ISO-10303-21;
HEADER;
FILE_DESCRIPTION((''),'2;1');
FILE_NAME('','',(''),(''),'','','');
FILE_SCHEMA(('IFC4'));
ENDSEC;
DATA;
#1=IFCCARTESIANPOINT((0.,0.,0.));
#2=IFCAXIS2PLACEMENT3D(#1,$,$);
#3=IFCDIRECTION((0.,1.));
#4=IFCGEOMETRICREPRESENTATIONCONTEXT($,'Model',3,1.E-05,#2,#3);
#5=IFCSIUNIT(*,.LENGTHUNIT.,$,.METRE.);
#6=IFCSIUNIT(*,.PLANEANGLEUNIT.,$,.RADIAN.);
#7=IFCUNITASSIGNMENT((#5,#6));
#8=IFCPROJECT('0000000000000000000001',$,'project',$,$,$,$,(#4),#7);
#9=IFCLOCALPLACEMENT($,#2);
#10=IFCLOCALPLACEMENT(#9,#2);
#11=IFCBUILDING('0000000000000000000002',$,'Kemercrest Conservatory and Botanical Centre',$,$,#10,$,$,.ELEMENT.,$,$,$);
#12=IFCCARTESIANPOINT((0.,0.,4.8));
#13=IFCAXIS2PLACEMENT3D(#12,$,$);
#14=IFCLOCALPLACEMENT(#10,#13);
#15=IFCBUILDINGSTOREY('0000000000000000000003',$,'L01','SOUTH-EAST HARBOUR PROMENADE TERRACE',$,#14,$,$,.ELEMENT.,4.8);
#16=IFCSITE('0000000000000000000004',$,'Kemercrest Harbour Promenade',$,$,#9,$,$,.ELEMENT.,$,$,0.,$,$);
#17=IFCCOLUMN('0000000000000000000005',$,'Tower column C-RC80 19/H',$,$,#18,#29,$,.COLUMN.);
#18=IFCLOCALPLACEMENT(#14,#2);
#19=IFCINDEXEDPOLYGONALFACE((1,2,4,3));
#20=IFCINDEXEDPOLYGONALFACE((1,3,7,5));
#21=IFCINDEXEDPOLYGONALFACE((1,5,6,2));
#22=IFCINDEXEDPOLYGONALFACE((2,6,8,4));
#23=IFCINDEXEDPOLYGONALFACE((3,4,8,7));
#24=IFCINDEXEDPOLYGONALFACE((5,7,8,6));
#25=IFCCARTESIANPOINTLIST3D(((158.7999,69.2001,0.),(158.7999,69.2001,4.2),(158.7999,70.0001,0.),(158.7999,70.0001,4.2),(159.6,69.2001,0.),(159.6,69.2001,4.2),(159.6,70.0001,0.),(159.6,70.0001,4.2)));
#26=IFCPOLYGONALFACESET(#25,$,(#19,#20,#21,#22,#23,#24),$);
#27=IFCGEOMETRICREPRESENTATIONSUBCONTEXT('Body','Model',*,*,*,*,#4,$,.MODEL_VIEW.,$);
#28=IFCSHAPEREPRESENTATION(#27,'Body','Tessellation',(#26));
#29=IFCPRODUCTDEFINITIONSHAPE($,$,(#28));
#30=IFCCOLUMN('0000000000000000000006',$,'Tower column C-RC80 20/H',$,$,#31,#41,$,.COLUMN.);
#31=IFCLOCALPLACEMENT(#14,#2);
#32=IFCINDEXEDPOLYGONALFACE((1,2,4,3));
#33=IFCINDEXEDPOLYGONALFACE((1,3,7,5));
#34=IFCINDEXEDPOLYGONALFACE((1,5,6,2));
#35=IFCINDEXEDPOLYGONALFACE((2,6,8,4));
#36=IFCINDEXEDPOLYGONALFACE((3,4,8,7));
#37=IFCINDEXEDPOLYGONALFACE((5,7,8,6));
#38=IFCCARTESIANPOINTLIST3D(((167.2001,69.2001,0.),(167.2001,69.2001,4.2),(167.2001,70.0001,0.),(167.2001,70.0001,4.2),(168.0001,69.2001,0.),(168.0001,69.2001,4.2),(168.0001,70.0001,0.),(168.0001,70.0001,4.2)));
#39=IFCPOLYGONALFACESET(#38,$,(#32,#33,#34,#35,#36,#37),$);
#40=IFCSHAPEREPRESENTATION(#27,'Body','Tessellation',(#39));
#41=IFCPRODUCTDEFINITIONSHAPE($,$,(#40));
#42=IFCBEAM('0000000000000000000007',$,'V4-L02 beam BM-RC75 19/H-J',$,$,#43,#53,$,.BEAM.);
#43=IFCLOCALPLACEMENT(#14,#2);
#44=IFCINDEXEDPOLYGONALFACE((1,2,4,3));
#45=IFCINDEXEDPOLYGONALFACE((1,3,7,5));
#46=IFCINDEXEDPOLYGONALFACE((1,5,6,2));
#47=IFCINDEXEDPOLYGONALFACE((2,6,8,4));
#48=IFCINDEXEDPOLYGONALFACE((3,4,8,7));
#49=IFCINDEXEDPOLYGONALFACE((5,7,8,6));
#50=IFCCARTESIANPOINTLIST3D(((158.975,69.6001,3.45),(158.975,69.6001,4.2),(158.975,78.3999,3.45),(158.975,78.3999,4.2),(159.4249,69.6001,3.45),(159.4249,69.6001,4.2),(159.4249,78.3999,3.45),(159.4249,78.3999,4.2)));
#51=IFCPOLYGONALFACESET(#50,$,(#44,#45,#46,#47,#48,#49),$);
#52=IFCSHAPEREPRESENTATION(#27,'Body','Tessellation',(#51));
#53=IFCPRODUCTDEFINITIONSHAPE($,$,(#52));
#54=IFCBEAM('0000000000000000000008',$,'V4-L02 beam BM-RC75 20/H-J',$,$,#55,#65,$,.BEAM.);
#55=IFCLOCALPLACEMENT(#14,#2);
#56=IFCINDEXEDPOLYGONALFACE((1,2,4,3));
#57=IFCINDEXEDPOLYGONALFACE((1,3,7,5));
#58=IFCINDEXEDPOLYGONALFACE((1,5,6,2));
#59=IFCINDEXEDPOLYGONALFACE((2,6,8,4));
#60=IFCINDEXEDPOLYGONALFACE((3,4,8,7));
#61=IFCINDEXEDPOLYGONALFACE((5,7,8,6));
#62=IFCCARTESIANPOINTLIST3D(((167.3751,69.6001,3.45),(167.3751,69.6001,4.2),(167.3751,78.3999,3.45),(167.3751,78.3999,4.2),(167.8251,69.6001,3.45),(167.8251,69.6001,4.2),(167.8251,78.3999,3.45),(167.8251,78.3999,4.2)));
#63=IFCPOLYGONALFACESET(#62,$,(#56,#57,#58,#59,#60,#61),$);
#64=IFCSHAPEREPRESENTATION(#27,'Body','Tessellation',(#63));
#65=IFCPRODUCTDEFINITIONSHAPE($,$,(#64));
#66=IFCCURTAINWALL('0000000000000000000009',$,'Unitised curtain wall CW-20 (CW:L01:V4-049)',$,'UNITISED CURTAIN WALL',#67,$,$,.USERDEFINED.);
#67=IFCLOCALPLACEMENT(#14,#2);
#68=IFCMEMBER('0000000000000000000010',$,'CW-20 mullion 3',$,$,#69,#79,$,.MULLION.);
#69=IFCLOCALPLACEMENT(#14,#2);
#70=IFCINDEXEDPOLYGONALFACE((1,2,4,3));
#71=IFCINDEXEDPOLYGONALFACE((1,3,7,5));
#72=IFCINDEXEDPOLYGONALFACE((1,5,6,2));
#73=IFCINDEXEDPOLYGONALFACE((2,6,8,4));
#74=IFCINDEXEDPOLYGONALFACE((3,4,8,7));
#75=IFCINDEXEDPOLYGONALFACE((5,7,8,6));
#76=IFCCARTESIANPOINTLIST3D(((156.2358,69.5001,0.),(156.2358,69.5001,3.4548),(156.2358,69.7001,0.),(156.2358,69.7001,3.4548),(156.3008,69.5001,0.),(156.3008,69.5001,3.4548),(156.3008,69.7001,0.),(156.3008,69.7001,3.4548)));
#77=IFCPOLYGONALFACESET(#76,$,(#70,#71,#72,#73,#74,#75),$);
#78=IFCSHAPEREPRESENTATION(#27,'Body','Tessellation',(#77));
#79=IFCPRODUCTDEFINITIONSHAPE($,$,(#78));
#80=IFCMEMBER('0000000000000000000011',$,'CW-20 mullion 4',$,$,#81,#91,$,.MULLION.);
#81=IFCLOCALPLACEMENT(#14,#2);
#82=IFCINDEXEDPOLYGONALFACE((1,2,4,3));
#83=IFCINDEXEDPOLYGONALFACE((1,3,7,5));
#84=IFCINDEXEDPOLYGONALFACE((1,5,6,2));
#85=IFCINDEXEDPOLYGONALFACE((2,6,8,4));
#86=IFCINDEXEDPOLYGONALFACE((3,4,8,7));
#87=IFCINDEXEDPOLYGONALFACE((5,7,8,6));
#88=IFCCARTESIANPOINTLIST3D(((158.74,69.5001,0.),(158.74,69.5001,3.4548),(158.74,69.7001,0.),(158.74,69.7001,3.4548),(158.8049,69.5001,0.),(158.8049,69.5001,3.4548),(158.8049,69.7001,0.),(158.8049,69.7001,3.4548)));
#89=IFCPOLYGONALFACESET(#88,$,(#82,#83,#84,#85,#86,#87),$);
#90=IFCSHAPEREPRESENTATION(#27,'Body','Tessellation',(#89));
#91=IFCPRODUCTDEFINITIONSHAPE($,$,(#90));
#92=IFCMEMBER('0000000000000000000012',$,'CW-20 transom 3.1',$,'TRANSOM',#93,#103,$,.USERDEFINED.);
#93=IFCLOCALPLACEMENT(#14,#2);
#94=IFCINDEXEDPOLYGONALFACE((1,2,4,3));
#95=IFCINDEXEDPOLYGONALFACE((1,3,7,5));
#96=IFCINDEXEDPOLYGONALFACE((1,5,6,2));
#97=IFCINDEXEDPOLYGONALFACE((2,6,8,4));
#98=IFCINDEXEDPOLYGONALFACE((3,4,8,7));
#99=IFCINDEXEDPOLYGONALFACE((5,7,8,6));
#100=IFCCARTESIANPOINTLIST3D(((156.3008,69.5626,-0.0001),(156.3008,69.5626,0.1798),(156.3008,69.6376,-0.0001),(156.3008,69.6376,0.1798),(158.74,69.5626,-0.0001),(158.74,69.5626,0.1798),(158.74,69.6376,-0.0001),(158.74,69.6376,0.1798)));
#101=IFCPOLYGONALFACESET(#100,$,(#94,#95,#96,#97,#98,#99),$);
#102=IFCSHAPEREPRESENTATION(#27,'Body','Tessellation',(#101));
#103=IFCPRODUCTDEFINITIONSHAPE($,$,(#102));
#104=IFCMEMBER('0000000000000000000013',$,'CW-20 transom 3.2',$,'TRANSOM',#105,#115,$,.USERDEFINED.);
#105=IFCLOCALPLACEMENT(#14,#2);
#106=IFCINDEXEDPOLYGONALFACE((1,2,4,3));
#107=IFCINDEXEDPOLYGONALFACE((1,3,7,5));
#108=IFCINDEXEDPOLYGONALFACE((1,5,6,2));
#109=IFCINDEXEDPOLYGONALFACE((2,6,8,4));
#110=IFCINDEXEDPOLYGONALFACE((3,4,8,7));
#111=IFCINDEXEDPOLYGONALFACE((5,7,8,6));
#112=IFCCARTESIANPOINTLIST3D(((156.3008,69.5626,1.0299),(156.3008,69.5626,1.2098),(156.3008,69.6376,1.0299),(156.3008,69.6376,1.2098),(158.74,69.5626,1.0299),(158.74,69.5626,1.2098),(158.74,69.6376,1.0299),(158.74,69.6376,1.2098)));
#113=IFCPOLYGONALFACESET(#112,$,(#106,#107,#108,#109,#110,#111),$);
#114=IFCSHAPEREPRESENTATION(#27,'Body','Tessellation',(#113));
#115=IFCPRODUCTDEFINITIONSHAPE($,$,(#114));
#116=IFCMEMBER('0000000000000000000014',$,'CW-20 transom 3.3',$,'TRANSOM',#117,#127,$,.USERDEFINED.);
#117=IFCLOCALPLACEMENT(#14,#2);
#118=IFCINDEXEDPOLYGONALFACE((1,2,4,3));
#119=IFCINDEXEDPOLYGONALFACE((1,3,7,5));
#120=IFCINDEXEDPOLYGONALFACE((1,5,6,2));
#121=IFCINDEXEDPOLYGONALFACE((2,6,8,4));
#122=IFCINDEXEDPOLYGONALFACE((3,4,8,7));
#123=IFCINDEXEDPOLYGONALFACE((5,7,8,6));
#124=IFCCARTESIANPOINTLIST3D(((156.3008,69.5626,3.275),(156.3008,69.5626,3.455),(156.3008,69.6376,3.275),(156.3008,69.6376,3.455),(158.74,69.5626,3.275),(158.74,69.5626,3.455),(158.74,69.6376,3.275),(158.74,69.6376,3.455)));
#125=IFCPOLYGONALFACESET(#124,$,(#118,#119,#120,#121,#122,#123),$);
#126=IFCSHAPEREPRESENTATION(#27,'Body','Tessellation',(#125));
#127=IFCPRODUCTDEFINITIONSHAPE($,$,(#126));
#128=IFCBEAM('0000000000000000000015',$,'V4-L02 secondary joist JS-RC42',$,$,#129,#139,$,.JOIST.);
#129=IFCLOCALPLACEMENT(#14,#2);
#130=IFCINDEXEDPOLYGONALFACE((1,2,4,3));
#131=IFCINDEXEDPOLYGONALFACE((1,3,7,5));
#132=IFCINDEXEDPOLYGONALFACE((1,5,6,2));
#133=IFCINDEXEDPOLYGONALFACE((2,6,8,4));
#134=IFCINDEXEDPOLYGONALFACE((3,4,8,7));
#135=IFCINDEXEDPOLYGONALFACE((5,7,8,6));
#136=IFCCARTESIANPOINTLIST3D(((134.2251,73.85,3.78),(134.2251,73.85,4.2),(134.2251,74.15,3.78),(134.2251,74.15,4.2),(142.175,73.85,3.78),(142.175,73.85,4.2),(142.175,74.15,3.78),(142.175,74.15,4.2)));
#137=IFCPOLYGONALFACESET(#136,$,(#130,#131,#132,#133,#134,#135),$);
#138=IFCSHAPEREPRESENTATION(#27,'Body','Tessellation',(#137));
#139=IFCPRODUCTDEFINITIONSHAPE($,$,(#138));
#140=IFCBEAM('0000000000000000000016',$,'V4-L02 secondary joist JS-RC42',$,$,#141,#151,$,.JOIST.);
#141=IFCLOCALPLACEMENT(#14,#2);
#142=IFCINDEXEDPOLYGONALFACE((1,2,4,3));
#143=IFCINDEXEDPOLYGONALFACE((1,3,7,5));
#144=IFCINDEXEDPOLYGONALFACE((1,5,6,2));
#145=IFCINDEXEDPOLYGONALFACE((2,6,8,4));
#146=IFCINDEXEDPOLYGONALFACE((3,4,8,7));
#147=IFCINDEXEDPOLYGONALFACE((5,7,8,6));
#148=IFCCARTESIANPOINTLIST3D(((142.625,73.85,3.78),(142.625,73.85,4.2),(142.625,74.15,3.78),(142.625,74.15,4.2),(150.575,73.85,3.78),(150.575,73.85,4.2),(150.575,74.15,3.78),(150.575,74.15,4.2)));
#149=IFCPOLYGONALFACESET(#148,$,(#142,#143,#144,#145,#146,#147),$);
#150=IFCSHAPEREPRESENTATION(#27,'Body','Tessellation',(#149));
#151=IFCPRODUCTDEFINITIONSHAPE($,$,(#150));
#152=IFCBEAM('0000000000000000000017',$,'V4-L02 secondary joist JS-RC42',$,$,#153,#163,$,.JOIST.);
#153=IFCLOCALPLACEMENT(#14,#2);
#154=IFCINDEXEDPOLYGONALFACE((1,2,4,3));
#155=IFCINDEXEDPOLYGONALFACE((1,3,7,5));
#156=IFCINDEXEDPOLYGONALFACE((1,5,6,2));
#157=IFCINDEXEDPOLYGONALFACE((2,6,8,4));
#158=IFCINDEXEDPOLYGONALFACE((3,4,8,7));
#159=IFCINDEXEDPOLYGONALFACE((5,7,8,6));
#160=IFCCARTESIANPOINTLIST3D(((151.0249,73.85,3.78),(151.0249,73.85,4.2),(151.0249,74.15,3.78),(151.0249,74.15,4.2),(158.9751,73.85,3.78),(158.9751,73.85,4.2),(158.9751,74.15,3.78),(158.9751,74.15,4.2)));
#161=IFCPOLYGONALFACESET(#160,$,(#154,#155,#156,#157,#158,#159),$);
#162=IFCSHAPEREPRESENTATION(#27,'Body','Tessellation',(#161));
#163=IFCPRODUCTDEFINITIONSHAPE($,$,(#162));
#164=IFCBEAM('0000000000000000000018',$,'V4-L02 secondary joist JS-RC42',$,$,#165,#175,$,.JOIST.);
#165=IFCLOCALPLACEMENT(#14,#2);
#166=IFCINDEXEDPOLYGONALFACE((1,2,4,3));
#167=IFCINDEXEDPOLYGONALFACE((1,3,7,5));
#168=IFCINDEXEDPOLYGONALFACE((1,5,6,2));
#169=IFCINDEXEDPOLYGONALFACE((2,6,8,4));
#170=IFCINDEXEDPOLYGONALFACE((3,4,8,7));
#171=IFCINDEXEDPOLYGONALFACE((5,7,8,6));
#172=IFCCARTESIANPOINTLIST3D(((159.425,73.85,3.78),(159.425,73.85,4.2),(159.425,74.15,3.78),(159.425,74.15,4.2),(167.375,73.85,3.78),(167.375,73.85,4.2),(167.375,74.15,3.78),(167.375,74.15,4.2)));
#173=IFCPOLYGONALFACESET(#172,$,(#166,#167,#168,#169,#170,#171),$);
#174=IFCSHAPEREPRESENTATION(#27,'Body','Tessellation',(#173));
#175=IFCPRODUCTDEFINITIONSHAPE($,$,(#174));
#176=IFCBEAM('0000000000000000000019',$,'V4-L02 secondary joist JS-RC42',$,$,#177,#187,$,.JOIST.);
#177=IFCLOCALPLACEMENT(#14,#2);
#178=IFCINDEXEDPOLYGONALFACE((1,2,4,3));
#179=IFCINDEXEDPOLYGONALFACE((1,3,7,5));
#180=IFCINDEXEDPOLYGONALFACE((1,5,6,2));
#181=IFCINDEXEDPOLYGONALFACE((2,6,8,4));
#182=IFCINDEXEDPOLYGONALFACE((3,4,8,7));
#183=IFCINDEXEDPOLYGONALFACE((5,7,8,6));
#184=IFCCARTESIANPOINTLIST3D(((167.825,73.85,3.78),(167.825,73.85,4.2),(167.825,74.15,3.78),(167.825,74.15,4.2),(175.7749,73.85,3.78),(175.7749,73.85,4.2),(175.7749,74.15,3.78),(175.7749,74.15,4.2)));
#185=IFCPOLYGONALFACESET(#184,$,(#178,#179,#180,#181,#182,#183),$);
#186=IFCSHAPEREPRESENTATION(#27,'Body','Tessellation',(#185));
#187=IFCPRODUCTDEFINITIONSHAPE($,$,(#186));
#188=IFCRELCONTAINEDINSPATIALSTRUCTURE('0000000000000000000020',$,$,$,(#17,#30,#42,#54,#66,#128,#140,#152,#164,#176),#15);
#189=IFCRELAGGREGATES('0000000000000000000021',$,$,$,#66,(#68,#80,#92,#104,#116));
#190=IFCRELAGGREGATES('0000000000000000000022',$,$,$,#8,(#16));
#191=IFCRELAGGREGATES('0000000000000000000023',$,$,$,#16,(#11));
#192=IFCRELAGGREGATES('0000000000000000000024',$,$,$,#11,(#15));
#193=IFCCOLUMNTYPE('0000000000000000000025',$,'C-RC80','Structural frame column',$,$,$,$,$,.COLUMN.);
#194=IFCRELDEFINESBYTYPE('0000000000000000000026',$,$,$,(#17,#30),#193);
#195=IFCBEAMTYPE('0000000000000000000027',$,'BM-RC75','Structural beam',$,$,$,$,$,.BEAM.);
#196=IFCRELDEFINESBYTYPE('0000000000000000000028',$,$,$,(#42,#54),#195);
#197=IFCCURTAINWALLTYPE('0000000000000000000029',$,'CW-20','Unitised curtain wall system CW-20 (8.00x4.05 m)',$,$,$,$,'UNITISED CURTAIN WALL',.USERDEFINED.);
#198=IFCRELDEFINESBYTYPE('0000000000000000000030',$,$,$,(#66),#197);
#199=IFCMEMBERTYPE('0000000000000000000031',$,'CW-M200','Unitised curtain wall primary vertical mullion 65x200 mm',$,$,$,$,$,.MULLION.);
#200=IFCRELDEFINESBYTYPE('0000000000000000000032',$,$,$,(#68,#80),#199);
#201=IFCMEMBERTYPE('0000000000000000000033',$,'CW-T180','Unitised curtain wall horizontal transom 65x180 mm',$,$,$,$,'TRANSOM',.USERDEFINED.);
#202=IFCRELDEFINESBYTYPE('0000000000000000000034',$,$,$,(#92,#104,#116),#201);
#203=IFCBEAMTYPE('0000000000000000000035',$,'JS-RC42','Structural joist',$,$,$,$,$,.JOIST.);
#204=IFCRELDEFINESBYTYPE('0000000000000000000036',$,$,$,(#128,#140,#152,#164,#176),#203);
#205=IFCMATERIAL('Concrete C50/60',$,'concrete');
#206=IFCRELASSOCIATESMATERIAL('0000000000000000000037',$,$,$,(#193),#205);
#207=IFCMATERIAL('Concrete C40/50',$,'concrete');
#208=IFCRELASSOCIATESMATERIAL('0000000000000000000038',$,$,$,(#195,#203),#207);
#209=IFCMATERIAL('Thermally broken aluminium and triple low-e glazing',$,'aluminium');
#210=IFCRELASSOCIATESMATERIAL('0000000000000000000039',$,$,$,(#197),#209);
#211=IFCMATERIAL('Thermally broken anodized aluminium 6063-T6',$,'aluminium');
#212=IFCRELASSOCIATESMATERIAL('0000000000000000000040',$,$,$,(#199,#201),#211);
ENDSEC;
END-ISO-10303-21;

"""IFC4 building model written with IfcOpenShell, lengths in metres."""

from ifc_helpers import new_model, si_unit, direction, frame, origin, origin_2d, place, context, subcontext, project, spatial, rectangle, extrude, material, material_profile, profile_set, type_object, element, aggregate, save


model = new_model("IFC4")

# Units and contexts
model_context = context("Model", 3, precision=1e-05, world=origin(), true_north=direction((0.0, 1.0)))
body_context = subcontext(model_context, "Body", "Model", "MODEL_VIEW")
ifc_project = project(units=[si_unit("LENGTHUNIT", "METRE"), si_unit("PLANEANGLEUNIT", "RADIAN")], contexts=[model_context])

# Site, building, storey
site_placement = place(None, origin())
site = spatial("IfcSite", under=ifc_project, at=site_placement, Name="Kemercrest Harbour Promenade", CompositionType="ELEMENT", RefElevation=0.0)
building_placement = place(site_placement, origin())
building = spatial("IfcBuilding", under=site, at=building_placement, Name="Kemercrest Conservatory and Botanical Centre", CompositionType="ELEMENT")
storey_placement = place(building_placement, frame((0.0, 0.0, 4.8)))
storey = spatial("IfcBuildingStorey", under=building, at=storey_placement, Name="L01", Description="SOUTH-EAST HARBOUR PROMENADE TERRACE", CompositionType="ELEMENT", Elevation=4.8)

# Columns
ifc_material_1 = material(Name="Concrete C50/60", Category="concrete")
ifc_material_profile_1 = material_profile(ifc_material_1, rectangle(XDim=0.8, YDim=0.8, at=origin_2d()), Name="RC 800x800")
ifc_profile_set_1 = profile_set([ifc_material_profile_1], Name="Concrete C50/60")
column_type = type_object("IfcColumnType", Name="C-RC80", Description="Structural frame column", PredefinedType="COLUMN", material=ifc_profile_set_1)
for number, where, z_axis, x_axis, name in (
    (1, (159.2, 69.6001, 0.0), (0.0, 0.0, 1.0), (1.0, 0.0, 0.0), "Tower column C-RC80 19/H"),
    (2, (167.6001, 69.6001, 0.0), (0.0, 0.0, 1.0), (1.0, 0.0, 0.0), "Tower column C-RC80 20/H"),
):
    element("IfcColumn", number, at=place(storey_placement, frame(where, z_axis=z_axis, x_axis=x_axis)), inside=storey, type_object=column_type, Name=name, PredefinedType="COLUMN", context=body_context, shape_type="SweptSolid", body=[
        extrude(rectangle(XDim=0.8, YDim=0.8, at=origin_2d()), origin(), (0.0, 0.0, 1.0), 4.2),
    ])

# Beams
ifc_material_2 = material(Name="Concrete C40/50", Category="concrete")
ifc_material_profile_2 = material_profile(ifc_material_2, rectangle(XDim=0.45, YDim=0.75, at=origin_2d()), Name="RC 450x750")
ifc_profile_set_2 = profile_set([ifc_material_profile_2], Name="Concrete C40/50")
beam_type_1 = type_object("IfcBeamType", Name="BM-RC75", Description="Structural beam", PredefinedType="BEAM", material=ifc_profile_set_2)
for number, where, z_axis, x_axis, name in (
    (3, (159.2, 69.6001, 3.825), (0.0, 1.0, 0.0), (-1.0, 0.0, 0.0), "V4-L02 beam BM-RC75 19/H-J"),
    (4, (167.6001, 69.6001, 3.825), (0.0, 1.0, 0.0), (-1.0, 0.0, 0.0), "V4-L02 beam BM-RC75 20/H-J"),
):
    element("IfcBeam", number, at=place(storey_placement, frame(where, z_axis=z_axis, x_axis=x_axis)), inside=storey, type_object=beam_type_1, Name=name, PredefinedType="BEAM", context=body_context, shape_type="SweptSolid", body=[
        extrude(rectangle(XDim=0.45, YDim=0.75, at=origin_2d()), origin(), (0.0, 0.0, 1.0), 8.7998),
    ])

# Curtain wall, members
ifc_material_3 = material(Name="Thermally broken aluminium and triple low-e glazing", Category="aluminium")
curtain_wall_type = type_object("IfcCurtainWallType", Name="CW-20", Description="Unitised curtain wall system CW-20 (8.00x4.05 m)", ElementType="UNITISED CURTAIN WALL", PredefinedType="USERDEFINED", material=ifc_material_3)
curtain_wall_placement = place(storey_placement, origin())
curtain_wall = element("IfcCurtainWall", 5, at=curtain_wall_placement, inside=storey, type_object=curtain_wall_type, Name="Unitised curtain wall CW-20 (CW:L01:V4-049)", ObjectType="UNITISED CURTAIN WALL", PredefinedType="USERDEFINED")
ifc_material_4 = material(Name="Thermally broken anodized aluminium 6063-T6", Category="aluminium")
ifc_material_profile_3 = material_profile(ifc_material_4, rectangle(XDim=0.2, YDim=0.0649, at=origin_2d()), Name="AL MULLION 65x200")
ifc_profile_set_3 = profile_set([ifc_material_profile_3], Name="Thermally broken anodized aluminium 6063-T6")
member_type_1 = type_object("IfcMemberType", Name="CW-M200", Description="Unitised curtain wall primary vertical mullion 65x200 mm", PredefinedType="MULLION", material=ifc_profile_set_3)
member_1_placement = place(storey_placement, frame((156.2683, 69.6001, 0.0), z_axis=(0.0, 0.0, 1.0), x_axis=(0.0, 1.0, 0.0)))
member_1 = element("IfcMember", 6, at=member_1_placement, type_object=member_type_1, Name="CW-20 mullion 3", PredefinedType="MULLION", context=body_context, shape_type="SweptSolid", body=[
    extrude(rectangle(XDim=0.2, YDim=0.0649, at=origin_2d()), origin(), (0.0, 0.0, 1.0), 3.4548),
])
member_2_placement = place(storey_placement, frame((158.7725, 69.6001, 0.0), z_axis=(0.0, 0.0, 1.0), x_axis=(0.0, 1.0, 0.0)))
member_2 = element("IfcMember", 7, at=member_2_placement, type_object=member_type_1, Name="CW-20 mullion 4", PredefinedType="MULLION", context=body_context, shape_type="SweptSolid", body=[
    extrude(rectangle(XDim=0.2, YDim=0.0649, at=origin_2d()), origin(), (0.0, 0.0, 1.0), 3.4548),
])
ifc_material_profile_4 = material_profile(ifc_material_4, rectangle(XDim=0.075, YDim=0.1799, at=origin_2d()), Name="AL TRANSOM 75x180")
ifc_profile_set_4 = profile_set([ifc_material_profile_4], Name="Thermally broken anodized aluminium 6063-T6")
member_type_2 = type_object("IfcMemberType", Name="CW-T180", Description="Unitised curtain wall horizontal transom 65x180 mm", ElementType="TRANSOM", PredefinedType="USERDEFINED", material=ifc_profile_set_4)
member_3_placement = place(storey_placement, frame((156.3008, 69.6001, 0.0898), z_axis=(1.0, 0.0, 0.0), x_axis=(0.0, 1.0, 0.0)))
member_3 = element("IfcMember", 8, at=member_3_placement, type_object=member_type_2, Name="CW-20 transom 3.1", ObjectType="TRANSOM", PredefinedType="USERDEFINED", context=body_context, shape_type="SweptSolid", body=[
    extrude(rectangle(XDim=0.075, YDim=0.1799, at=origin_2d()), origin(), (0.0, 0.0, 1.0), 2.4392),
])
member_4_placement = place(storey_placement, frame((156.3008, 69.6001, 1.1199), z_axis=(1.0, 0.0, 0.0), x_axis=(0.0, 1.0, 0.0)))
member_4 = element("IfcMember", 9, at=member_4_placement, type_object=member_type_2, Name="CW-20 transom 3.2", ObjectType="TRANSOM", PredefinedType="USERDEFINED", context=body_context, shape_type="SweptSolid", body=[
    extrude(rectangle(XDim=0.075, YDim=0.1799, at=origin_2d()), origin(), (0.0, 0.0, 1.0), 2.4392),
])
member_5_placement = place(storey_placement, frame((156.3008, 69.6001, 3.365), z_axis=(1.0, 0.0, 0.0), x_axis=(0.0, 1.0, 0.0)))
member_5 = element("IfcMember", 10, at=member_5_placement, type_object=member_type_2, Name="CW-20 transom 3.3", ObjectType="TRANSOM", PredefinedType="USERDEFINED", context=body_context, shape_type="SweptSolid", body=[
    extrude(rectangle(XDim=0.075, YDim=0.1799, at=origin_2d()), origin(), (0.0, 0.0, 1.0), 2.4392),
])

# Beams
ifc_material_profile_5 = material_profile(ifc_material_2, rectangle(XDim=0.3, YDim=0.4199, at=origin_2d()), Name="RC 300x420")
ifc_profile_set_5 = profile_set([ifc_material_profile_5], Name="Concrete C40/50")
beam_type_2 = type_object("IfcBeamType", Name="JS-RC42", Description="Structural joist", PredefinedType="JOIST", material=ifc_profile_set_5)
for number, where, z_axis, x_axis, name in (
    (11, (134.2251, 74.0, 3.99), (1.0, 0.0, 0.0), (0.0, 1.0, 0.0), "V4-L02 secondary joist JS-RC42"),
    (12, (142.625, 74.0, 3.99), (1.0, 0.0, 0.0), (0.0, 1.0, 0.0), "V4-L02 secondary joist JS-RC42"),
):
    element("IfcBeam", number, at=place(storey_placement, frame(where, z_axis=z_axis, x_axis=x_axis)), inside=storey, type_object=beam_type_2, Name=name, PredefinedType="JOIST", context=body_context, shape_type="SweptSolid", body=[
        extrude(rectangle(XDim=0.3, YDim=0.4199, at=origin_2d()), origin(), (0.0, 0.0, 1.0), 7.95),
    ])
beam_1_placement = place(storey_placement, frame((151.0249, 74.0, 3.99), z_axis=(1.0, 0.0, 0.0), x_axis=(0.0, 1.0, 0.0)))
element("IfcBeam", 13, at=beam_1_placement, inside=storey, type_object=beam_type_2, Name="V4-L02 secondary joist JS-RC42", PredefinedType="JOIST", context=body_context, shape_type="SweptSolid", body=[
    extrude(rectangle(XDim=0.3, YDim=0.4199, at=origin_2d()), origin(), (0.0, 0.0, 1.0), 7.9502),
])
for number, where, z_axis, x_axis, name in (
    (14, (159.425, 74.0, 3.99), (1.0, 0.0, 0.0), (0.0, 1.0, 0.0), "V4-L02 secondary joist JS-RC42"),
    (15, (167.825, 74.0, 3.99), (1.0, 0.0, 0.0), (0.0, 1.0, 0.0), "V4-L02 secondary joist JS-RC42"),
):
    element("IfcBeam", number, at=place(storey_placement, frame(where, z_axis=z_axis, x_axis=x_axis)), inside=storey, type_object=beam_type_2, Name=name, PredefinedType="JOIST", context=body_context, shape_type="SweptSolid", body=[
        extrude(rectangle(XDim=0.3, YDim=0.4199, at=origin_2d()), origin(), (0.0, 0.0, 1.0), 7.95),
    ])

aggregate(curtain_wall, [member_1, member_2, member_3, member_4, member_5])

save(model, "model.ifc")
